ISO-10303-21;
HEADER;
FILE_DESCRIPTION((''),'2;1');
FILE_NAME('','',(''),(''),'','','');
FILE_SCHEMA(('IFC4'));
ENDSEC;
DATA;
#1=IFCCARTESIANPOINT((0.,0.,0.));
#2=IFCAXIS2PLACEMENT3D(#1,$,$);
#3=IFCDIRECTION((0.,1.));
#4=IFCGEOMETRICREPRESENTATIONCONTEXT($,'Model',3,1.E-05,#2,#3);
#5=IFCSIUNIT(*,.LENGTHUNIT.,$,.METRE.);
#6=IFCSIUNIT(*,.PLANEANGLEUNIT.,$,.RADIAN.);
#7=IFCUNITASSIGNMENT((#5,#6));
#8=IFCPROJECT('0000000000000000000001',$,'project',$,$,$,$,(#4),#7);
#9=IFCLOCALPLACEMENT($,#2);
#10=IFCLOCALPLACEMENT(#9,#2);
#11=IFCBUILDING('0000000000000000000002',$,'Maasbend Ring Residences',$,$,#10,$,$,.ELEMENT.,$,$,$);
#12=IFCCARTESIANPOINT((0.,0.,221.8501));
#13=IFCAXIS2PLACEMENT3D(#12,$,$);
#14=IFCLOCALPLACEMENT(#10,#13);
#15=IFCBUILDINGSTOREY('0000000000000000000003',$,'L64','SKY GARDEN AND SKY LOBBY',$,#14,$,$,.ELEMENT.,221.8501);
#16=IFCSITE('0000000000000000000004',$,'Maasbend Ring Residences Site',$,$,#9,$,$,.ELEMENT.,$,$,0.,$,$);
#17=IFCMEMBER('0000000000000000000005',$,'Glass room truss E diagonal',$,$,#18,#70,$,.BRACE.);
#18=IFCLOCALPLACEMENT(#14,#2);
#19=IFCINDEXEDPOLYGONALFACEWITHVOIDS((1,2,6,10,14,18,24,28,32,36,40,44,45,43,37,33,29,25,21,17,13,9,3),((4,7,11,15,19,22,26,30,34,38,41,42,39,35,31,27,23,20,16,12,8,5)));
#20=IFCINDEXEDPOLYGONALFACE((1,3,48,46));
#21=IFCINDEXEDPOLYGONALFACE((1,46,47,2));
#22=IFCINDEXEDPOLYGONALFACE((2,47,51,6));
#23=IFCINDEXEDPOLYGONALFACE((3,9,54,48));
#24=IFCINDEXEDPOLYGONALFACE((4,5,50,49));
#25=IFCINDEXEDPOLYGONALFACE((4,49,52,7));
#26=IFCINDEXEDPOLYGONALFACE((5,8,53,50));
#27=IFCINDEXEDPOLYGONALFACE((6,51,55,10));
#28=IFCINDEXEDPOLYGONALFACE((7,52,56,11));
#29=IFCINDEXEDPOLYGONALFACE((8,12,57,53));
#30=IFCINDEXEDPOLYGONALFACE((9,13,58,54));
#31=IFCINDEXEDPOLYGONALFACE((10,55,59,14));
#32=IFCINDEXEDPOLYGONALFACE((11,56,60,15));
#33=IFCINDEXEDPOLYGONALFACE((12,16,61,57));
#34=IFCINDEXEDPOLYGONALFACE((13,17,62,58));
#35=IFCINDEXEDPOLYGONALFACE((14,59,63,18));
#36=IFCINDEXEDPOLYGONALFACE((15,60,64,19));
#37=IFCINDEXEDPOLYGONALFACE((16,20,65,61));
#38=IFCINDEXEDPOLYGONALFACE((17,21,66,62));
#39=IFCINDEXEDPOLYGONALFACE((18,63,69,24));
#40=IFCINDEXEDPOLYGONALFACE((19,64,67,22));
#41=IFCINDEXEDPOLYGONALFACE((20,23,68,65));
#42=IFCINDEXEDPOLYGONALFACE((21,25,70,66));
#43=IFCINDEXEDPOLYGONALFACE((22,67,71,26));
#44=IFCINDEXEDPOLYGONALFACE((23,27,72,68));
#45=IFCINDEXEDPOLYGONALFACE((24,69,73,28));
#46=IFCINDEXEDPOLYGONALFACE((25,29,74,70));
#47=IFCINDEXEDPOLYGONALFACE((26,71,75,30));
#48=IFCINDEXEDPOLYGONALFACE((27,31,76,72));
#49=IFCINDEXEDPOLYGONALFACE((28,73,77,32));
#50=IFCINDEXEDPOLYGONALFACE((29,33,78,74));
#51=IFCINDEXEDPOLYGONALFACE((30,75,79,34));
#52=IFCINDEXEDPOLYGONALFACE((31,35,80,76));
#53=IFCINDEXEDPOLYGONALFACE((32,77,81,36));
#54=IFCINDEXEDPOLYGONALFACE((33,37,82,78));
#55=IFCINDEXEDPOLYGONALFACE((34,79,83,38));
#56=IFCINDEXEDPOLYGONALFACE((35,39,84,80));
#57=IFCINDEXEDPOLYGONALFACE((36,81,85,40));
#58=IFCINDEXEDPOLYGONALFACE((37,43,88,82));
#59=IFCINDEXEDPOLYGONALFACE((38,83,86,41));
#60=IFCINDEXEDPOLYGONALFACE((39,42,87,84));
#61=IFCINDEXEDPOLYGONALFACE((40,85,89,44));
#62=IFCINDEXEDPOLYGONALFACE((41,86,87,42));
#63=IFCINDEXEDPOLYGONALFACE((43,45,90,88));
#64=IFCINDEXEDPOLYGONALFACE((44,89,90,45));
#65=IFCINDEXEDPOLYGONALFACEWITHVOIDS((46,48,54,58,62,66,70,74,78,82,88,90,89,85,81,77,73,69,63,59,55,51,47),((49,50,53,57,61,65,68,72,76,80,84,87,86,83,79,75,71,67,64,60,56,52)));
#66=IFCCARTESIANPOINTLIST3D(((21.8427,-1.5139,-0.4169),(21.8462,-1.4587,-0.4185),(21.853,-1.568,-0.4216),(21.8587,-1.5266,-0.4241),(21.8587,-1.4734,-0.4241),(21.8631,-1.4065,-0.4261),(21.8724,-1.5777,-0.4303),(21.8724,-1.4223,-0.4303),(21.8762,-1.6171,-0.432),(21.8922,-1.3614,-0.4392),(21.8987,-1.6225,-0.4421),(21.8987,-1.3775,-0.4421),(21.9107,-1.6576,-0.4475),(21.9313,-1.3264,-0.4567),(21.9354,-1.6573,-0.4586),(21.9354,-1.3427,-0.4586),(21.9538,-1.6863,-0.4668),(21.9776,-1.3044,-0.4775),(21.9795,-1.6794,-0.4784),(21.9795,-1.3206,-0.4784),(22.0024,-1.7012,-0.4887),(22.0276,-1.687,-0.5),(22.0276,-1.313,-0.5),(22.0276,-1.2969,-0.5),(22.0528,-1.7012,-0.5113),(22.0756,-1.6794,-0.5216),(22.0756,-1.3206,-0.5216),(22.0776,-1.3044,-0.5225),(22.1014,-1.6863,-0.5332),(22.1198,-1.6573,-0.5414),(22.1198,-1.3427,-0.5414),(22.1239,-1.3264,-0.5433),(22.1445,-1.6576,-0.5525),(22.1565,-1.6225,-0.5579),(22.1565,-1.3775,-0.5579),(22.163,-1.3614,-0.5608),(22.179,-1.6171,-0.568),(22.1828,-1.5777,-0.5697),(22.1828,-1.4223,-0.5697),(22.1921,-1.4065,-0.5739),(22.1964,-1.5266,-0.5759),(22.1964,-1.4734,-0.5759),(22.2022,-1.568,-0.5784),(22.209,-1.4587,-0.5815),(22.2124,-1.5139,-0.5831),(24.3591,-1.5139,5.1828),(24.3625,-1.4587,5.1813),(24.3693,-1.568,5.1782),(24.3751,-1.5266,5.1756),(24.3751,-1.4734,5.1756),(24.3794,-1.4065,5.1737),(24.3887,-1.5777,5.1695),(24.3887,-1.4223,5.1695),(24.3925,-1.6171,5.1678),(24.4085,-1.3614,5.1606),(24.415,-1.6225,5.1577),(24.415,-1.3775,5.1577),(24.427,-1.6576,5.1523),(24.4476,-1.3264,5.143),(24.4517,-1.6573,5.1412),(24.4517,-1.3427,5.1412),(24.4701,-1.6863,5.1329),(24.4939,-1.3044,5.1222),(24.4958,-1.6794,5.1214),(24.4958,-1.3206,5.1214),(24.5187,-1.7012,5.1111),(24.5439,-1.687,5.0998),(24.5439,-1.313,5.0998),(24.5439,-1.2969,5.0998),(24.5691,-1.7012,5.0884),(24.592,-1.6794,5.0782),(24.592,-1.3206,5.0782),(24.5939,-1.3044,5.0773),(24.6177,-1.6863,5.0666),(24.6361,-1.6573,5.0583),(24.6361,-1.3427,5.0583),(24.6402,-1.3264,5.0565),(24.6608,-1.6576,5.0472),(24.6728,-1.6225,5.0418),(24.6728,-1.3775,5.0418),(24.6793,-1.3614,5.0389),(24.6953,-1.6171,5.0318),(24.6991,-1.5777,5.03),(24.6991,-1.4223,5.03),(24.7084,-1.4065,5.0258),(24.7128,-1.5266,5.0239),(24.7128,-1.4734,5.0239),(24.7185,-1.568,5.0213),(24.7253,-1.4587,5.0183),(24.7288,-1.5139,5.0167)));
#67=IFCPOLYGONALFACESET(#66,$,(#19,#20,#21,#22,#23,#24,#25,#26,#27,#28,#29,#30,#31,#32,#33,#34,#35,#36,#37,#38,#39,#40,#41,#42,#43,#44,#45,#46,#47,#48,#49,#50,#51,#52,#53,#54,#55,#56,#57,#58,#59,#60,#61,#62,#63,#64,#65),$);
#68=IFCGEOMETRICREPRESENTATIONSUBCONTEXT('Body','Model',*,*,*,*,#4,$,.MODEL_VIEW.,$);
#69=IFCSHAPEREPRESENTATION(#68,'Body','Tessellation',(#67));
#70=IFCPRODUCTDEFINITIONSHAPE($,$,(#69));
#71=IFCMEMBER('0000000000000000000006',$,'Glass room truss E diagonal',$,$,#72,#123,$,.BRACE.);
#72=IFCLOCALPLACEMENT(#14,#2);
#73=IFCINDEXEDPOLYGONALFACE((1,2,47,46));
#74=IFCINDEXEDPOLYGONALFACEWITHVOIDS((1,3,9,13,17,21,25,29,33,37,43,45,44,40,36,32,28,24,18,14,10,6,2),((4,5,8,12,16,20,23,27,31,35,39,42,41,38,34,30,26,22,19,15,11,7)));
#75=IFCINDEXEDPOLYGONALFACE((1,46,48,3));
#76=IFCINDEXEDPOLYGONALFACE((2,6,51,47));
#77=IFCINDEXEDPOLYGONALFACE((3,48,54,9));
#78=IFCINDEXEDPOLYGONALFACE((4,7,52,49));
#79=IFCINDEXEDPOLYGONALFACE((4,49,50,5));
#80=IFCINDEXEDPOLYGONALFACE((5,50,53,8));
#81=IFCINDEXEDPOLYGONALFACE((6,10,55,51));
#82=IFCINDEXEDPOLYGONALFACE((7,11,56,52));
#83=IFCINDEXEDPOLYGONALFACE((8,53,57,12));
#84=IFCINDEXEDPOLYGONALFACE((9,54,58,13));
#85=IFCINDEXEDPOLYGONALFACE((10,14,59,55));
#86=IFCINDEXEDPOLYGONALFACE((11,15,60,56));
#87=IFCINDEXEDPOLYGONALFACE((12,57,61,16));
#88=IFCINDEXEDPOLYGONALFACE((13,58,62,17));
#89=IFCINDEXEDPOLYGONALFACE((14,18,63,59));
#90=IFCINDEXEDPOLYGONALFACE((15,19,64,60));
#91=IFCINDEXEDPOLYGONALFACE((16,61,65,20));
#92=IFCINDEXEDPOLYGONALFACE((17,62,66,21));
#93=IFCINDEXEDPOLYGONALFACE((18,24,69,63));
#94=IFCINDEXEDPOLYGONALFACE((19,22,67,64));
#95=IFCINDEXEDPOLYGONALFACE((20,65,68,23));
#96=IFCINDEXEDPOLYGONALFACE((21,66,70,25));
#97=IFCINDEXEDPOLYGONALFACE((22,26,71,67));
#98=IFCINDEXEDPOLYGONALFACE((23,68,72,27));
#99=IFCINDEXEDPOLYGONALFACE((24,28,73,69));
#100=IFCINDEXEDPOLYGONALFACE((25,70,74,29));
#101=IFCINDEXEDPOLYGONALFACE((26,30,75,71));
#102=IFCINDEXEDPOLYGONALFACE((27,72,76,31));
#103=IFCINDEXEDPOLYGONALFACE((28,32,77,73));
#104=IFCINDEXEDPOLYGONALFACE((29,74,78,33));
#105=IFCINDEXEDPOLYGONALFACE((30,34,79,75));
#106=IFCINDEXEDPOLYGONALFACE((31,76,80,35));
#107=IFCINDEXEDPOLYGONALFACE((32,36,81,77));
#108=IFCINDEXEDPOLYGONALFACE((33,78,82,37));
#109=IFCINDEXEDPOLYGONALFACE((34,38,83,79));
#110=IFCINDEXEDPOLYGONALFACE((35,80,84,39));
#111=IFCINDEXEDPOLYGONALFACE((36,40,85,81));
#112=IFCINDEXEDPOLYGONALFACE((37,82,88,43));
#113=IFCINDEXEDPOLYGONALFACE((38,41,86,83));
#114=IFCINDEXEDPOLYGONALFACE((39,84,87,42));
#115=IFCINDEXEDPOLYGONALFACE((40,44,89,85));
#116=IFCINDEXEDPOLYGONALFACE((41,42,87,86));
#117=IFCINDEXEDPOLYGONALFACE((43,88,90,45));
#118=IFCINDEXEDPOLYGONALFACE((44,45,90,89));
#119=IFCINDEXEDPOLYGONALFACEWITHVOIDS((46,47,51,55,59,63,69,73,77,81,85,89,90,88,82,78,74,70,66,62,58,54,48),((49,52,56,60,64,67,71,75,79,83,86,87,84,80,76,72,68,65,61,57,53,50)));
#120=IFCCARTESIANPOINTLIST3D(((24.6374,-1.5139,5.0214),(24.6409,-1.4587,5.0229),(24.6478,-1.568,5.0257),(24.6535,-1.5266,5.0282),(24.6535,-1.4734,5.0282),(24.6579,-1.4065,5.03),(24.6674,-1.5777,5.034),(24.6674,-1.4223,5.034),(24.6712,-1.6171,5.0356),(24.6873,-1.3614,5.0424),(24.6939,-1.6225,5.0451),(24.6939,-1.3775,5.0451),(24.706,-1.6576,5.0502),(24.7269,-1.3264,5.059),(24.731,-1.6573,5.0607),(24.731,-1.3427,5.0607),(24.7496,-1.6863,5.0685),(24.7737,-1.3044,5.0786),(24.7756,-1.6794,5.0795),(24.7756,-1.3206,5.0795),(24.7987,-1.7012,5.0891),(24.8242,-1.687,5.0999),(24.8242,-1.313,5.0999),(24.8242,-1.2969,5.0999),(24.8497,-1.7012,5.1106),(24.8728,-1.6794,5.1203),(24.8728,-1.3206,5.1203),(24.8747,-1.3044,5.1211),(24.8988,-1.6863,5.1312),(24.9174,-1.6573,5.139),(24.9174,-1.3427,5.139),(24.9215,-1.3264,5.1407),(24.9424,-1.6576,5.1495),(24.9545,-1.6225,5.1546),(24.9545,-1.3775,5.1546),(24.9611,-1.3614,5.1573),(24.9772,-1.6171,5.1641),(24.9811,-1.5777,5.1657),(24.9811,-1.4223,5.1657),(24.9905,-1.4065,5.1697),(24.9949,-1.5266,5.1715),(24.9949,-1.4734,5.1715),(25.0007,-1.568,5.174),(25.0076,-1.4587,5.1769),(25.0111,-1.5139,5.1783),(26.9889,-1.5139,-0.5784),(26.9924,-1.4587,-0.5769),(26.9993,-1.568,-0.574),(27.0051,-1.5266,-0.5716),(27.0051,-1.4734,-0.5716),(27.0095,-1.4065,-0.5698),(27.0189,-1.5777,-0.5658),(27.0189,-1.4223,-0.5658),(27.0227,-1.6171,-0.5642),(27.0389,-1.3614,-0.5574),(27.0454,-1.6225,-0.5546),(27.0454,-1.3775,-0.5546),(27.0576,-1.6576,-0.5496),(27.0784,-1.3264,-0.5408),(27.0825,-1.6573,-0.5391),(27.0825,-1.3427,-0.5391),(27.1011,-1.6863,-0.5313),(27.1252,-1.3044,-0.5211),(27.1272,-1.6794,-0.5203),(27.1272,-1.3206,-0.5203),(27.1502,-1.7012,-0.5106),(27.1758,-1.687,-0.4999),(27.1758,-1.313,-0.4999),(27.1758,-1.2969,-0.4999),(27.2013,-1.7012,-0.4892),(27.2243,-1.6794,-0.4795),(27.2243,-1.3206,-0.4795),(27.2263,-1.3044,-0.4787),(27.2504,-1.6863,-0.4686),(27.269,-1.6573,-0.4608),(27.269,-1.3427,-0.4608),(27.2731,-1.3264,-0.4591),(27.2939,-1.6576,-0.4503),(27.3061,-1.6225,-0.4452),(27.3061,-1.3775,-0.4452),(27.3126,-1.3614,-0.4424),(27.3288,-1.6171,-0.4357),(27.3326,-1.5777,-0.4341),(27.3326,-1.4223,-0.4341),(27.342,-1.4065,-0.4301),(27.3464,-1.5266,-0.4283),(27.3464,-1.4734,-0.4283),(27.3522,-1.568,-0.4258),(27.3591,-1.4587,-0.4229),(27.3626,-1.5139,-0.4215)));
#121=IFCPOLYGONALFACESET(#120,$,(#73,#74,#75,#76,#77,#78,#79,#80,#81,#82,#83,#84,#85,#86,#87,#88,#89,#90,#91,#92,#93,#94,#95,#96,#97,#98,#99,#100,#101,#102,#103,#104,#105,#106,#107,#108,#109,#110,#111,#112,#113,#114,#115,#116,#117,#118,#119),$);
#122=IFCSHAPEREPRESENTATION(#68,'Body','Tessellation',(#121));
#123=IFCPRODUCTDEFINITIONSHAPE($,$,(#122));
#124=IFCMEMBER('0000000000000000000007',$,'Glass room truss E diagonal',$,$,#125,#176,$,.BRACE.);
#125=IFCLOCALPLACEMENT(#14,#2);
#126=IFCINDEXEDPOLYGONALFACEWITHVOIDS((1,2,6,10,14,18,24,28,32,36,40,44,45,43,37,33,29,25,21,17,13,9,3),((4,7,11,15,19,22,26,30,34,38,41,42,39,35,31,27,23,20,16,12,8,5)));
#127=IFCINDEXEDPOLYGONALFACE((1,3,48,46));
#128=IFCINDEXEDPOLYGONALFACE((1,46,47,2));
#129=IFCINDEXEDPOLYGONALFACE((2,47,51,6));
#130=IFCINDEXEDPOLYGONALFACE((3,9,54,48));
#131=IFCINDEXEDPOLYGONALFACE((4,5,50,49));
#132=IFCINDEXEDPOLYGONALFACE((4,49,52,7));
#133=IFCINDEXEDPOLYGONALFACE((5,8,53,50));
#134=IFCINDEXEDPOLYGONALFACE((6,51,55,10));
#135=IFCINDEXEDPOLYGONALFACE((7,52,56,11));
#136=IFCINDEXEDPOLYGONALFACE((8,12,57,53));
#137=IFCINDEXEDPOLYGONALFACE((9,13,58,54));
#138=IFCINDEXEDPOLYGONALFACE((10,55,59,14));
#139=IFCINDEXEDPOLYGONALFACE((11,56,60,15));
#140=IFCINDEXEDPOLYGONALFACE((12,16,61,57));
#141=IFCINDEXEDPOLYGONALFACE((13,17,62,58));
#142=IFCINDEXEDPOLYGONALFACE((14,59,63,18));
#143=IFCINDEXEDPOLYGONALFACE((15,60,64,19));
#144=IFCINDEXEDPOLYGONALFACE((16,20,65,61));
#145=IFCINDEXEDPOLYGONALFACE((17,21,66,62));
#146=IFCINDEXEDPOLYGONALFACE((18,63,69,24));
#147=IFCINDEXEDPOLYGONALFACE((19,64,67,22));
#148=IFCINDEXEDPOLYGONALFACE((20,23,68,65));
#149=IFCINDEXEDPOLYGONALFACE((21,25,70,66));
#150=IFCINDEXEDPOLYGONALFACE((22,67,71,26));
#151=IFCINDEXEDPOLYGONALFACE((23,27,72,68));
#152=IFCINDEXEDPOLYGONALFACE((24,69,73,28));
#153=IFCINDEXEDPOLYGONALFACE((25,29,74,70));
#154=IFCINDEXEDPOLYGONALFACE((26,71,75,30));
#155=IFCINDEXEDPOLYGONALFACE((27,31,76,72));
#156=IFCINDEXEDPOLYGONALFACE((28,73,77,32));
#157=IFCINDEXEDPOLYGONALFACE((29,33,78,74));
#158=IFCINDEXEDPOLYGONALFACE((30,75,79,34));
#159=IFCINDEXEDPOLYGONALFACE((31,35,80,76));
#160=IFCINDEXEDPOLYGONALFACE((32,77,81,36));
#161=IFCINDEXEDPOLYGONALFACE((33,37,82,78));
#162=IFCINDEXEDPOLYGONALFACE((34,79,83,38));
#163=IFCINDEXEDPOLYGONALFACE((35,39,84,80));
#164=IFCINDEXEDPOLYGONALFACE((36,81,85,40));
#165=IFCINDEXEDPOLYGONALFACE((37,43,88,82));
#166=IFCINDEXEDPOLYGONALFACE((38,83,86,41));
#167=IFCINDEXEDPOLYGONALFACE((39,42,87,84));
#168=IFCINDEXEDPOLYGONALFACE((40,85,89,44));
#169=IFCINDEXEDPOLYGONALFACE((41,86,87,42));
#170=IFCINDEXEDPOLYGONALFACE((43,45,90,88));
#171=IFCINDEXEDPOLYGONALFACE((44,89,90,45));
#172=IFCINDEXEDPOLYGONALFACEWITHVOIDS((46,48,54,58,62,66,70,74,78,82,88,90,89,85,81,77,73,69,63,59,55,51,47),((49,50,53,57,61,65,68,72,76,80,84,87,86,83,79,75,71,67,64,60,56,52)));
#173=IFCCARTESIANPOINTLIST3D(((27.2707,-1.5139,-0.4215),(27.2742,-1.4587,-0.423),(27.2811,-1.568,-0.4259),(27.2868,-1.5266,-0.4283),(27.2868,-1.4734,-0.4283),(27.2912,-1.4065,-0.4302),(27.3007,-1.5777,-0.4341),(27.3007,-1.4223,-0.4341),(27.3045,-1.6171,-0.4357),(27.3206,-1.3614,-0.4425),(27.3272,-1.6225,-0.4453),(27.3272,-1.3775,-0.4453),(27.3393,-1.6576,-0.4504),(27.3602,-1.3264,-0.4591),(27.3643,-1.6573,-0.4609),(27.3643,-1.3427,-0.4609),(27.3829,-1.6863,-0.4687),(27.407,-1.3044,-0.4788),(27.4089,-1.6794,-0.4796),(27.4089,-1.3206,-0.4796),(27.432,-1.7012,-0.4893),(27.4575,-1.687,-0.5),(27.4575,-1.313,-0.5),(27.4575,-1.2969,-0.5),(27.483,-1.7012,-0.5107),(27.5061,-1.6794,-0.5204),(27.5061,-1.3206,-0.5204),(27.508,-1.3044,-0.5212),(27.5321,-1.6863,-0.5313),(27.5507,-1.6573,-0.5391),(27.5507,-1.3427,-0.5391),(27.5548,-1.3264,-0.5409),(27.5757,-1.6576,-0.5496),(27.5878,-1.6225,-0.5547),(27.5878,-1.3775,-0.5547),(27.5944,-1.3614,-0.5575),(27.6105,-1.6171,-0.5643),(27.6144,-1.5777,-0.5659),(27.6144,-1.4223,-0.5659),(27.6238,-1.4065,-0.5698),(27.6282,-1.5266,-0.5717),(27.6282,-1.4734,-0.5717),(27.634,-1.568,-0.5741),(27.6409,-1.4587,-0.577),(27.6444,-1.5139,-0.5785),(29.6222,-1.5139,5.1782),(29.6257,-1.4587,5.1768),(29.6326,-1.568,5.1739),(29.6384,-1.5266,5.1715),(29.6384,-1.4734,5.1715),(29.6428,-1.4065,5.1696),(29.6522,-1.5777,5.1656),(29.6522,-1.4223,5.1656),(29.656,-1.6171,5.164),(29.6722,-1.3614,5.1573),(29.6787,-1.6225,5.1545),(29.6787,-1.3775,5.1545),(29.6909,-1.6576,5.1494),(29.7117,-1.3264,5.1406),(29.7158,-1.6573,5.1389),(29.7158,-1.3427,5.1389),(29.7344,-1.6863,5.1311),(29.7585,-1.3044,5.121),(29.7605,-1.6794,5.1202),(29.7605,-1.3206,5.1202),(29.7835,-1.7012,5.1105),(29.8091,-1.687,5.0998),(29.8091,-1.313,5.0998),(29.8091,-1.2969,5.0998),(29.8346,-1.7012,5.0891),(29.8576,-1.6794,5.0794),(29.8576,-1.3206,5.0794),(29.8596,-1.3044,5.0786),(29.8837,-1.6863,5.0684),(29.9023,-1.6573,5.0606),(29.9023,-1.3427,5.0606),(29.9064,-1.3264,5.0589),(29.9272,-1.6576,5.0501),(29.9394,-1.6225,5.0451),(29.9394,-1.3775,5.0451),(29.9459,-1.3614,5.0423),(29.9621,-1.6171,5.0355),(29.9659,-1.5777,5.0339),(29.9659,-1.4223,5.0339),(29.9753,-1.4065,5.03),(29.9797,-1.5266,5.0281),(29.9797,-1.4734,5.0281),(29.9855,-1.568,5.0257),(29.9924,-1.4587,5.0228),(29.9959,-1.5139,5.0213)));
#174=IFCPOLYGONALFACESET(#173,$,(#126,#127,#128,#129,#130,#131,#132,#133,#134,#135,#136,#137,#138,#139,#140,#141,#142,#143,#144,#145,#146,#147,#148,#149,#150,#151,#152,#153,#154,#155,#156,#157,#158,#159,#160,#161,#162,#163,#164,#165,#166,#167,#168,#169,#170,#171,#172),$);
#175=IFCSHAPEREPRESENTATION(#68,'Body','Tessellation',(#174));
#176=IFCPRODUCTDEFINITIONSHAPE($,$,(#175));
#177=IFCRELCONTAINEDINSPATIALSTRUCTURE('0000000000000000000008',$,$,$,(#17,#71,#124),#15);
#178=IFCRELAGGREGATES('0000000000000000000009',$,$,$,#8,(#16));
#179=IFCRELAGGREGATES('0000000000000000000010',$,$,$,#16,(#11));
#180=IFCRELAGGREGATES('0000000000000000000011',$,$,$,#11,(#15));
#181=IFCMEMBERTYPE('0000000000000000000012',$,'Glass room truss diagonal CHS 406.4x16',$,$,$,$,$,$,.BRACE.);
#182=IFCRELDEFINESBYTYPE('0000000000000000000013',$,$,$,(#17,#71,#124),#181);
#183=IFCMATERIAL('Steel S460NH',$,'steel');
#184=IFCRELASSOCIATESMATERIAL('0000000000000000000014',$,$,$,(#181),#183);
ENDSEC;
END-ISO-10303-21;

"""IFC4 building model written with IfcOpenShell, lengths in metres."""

from ifc_helpers import new_model, si_unit, direction, frame, origin, origin_2d, place, context, subcontext, project, spatial, hollow_circle, extrude, material, material_profile, profile_set, type_object, element, save


model = new_model("IFC4")

# Units and contexts
model_context = context("Model", 3, precision=1e-05, world=origin(), true_north=direction((0.0, 1.0)))
body_context = subcontext(model_context, "Body", "Model", "MODEL_VIEW")
ifc_project = project(units=[si_unit("LENGTHUNIT", "METRE"), si_unit("PLANEANGLEUNIT", "RADIAN")], contexts=[model_context])

# Site, building, storey
site_placement = place(None, origin())
site = spatial("IfcSite", under=ifc_project, at=site_placement, Name="Maasbend Ring Residences Site", CompositionType="ELEMENT", RefElevation=0.0)
building_placement = place(site_placement, origin())
building = spatial("IfcBuilding", under=site, at=building_placement, Name="Maasbend Ring Residences", CompositionType="ELEMENT")
storey_placement = place(building_placement, frame((0.0, 0.0, 221.8501)))
storey = spatial("IfcBuildingStorey", under=building, at=storey_placement, Name="L64", Description="SKY GARDEN AND SKY LOBBY", CompositionType="ELEMENT", Elevation=221.8501)

# Members
ifc_material_1 = material(Name="Steel S460NH", Category="steel")
ifc_material_profile_1 = material_profile(ifc_material_1, hollow_circle(Radius=0.2031, WallThickness=0.0161, at=origin_2d()), Name="Glass room truss diagonal CHS 406.4x16")
ifc_profile_set_1 = profile_set([ifc_material_profile_1], Name="Steel S460NH")
member_type_1 = type_object("IfcMemberType", Name="Glass room truss diagonal CHS 406.4x16", PredefinedType="BRACE", material=ifc_profile_set_1)
member_1_placement = place(storey_placement, frame((22.0276, -1.5, -0.5), z_axis=(0.40988, 0.0, 0.912139), x_axis=(0.0, 1.0, 0.0)))
element("IfcMember", 1, at=member_1_placement, inside=storey, type_object=member_type_1, Name="Glass room truss E diagonal", PredefinedType="BRACE", context=body_context, shape_type="SweptSolid", body=[
    extrude(hollow_circle(Radius=0.2031, WallThickness=0.0161, at=origin_2d()), origin(), (0.0, 0.0, 1.0), 6.1392),
])
for number, where, z_axis, x_axis, name in (
    (2, (24.8242, -1.5, 5.0999), (0.38718, 0.0, -0.922004), (0.0, 1.0, 0.0), "Glass room truss E diagonal"),
    (3, (27.4575, -1.5, -0.5), (0.38718, 0.0, 0.922004), (0.0, 1.0, 0.0), "Glass room truss E diagonal"),
):
    element("IfcMember", number, at=place(storey_placement, frame(where, z_axis=z_axis, x_axis=x_axis)), inside=storey, type_object=member_type_1, Name=name, PredefinedType="BRACE", context=body_context, shape_type="SweptSolid", body=[
        extrude(hollow_circle(Radius=0.2031, WallThickness=0.0161, at=origin_2d()), origin(), (0.0, 0.0, 1.0), 6.0735),
    ])

save(model, "model.ifc")
